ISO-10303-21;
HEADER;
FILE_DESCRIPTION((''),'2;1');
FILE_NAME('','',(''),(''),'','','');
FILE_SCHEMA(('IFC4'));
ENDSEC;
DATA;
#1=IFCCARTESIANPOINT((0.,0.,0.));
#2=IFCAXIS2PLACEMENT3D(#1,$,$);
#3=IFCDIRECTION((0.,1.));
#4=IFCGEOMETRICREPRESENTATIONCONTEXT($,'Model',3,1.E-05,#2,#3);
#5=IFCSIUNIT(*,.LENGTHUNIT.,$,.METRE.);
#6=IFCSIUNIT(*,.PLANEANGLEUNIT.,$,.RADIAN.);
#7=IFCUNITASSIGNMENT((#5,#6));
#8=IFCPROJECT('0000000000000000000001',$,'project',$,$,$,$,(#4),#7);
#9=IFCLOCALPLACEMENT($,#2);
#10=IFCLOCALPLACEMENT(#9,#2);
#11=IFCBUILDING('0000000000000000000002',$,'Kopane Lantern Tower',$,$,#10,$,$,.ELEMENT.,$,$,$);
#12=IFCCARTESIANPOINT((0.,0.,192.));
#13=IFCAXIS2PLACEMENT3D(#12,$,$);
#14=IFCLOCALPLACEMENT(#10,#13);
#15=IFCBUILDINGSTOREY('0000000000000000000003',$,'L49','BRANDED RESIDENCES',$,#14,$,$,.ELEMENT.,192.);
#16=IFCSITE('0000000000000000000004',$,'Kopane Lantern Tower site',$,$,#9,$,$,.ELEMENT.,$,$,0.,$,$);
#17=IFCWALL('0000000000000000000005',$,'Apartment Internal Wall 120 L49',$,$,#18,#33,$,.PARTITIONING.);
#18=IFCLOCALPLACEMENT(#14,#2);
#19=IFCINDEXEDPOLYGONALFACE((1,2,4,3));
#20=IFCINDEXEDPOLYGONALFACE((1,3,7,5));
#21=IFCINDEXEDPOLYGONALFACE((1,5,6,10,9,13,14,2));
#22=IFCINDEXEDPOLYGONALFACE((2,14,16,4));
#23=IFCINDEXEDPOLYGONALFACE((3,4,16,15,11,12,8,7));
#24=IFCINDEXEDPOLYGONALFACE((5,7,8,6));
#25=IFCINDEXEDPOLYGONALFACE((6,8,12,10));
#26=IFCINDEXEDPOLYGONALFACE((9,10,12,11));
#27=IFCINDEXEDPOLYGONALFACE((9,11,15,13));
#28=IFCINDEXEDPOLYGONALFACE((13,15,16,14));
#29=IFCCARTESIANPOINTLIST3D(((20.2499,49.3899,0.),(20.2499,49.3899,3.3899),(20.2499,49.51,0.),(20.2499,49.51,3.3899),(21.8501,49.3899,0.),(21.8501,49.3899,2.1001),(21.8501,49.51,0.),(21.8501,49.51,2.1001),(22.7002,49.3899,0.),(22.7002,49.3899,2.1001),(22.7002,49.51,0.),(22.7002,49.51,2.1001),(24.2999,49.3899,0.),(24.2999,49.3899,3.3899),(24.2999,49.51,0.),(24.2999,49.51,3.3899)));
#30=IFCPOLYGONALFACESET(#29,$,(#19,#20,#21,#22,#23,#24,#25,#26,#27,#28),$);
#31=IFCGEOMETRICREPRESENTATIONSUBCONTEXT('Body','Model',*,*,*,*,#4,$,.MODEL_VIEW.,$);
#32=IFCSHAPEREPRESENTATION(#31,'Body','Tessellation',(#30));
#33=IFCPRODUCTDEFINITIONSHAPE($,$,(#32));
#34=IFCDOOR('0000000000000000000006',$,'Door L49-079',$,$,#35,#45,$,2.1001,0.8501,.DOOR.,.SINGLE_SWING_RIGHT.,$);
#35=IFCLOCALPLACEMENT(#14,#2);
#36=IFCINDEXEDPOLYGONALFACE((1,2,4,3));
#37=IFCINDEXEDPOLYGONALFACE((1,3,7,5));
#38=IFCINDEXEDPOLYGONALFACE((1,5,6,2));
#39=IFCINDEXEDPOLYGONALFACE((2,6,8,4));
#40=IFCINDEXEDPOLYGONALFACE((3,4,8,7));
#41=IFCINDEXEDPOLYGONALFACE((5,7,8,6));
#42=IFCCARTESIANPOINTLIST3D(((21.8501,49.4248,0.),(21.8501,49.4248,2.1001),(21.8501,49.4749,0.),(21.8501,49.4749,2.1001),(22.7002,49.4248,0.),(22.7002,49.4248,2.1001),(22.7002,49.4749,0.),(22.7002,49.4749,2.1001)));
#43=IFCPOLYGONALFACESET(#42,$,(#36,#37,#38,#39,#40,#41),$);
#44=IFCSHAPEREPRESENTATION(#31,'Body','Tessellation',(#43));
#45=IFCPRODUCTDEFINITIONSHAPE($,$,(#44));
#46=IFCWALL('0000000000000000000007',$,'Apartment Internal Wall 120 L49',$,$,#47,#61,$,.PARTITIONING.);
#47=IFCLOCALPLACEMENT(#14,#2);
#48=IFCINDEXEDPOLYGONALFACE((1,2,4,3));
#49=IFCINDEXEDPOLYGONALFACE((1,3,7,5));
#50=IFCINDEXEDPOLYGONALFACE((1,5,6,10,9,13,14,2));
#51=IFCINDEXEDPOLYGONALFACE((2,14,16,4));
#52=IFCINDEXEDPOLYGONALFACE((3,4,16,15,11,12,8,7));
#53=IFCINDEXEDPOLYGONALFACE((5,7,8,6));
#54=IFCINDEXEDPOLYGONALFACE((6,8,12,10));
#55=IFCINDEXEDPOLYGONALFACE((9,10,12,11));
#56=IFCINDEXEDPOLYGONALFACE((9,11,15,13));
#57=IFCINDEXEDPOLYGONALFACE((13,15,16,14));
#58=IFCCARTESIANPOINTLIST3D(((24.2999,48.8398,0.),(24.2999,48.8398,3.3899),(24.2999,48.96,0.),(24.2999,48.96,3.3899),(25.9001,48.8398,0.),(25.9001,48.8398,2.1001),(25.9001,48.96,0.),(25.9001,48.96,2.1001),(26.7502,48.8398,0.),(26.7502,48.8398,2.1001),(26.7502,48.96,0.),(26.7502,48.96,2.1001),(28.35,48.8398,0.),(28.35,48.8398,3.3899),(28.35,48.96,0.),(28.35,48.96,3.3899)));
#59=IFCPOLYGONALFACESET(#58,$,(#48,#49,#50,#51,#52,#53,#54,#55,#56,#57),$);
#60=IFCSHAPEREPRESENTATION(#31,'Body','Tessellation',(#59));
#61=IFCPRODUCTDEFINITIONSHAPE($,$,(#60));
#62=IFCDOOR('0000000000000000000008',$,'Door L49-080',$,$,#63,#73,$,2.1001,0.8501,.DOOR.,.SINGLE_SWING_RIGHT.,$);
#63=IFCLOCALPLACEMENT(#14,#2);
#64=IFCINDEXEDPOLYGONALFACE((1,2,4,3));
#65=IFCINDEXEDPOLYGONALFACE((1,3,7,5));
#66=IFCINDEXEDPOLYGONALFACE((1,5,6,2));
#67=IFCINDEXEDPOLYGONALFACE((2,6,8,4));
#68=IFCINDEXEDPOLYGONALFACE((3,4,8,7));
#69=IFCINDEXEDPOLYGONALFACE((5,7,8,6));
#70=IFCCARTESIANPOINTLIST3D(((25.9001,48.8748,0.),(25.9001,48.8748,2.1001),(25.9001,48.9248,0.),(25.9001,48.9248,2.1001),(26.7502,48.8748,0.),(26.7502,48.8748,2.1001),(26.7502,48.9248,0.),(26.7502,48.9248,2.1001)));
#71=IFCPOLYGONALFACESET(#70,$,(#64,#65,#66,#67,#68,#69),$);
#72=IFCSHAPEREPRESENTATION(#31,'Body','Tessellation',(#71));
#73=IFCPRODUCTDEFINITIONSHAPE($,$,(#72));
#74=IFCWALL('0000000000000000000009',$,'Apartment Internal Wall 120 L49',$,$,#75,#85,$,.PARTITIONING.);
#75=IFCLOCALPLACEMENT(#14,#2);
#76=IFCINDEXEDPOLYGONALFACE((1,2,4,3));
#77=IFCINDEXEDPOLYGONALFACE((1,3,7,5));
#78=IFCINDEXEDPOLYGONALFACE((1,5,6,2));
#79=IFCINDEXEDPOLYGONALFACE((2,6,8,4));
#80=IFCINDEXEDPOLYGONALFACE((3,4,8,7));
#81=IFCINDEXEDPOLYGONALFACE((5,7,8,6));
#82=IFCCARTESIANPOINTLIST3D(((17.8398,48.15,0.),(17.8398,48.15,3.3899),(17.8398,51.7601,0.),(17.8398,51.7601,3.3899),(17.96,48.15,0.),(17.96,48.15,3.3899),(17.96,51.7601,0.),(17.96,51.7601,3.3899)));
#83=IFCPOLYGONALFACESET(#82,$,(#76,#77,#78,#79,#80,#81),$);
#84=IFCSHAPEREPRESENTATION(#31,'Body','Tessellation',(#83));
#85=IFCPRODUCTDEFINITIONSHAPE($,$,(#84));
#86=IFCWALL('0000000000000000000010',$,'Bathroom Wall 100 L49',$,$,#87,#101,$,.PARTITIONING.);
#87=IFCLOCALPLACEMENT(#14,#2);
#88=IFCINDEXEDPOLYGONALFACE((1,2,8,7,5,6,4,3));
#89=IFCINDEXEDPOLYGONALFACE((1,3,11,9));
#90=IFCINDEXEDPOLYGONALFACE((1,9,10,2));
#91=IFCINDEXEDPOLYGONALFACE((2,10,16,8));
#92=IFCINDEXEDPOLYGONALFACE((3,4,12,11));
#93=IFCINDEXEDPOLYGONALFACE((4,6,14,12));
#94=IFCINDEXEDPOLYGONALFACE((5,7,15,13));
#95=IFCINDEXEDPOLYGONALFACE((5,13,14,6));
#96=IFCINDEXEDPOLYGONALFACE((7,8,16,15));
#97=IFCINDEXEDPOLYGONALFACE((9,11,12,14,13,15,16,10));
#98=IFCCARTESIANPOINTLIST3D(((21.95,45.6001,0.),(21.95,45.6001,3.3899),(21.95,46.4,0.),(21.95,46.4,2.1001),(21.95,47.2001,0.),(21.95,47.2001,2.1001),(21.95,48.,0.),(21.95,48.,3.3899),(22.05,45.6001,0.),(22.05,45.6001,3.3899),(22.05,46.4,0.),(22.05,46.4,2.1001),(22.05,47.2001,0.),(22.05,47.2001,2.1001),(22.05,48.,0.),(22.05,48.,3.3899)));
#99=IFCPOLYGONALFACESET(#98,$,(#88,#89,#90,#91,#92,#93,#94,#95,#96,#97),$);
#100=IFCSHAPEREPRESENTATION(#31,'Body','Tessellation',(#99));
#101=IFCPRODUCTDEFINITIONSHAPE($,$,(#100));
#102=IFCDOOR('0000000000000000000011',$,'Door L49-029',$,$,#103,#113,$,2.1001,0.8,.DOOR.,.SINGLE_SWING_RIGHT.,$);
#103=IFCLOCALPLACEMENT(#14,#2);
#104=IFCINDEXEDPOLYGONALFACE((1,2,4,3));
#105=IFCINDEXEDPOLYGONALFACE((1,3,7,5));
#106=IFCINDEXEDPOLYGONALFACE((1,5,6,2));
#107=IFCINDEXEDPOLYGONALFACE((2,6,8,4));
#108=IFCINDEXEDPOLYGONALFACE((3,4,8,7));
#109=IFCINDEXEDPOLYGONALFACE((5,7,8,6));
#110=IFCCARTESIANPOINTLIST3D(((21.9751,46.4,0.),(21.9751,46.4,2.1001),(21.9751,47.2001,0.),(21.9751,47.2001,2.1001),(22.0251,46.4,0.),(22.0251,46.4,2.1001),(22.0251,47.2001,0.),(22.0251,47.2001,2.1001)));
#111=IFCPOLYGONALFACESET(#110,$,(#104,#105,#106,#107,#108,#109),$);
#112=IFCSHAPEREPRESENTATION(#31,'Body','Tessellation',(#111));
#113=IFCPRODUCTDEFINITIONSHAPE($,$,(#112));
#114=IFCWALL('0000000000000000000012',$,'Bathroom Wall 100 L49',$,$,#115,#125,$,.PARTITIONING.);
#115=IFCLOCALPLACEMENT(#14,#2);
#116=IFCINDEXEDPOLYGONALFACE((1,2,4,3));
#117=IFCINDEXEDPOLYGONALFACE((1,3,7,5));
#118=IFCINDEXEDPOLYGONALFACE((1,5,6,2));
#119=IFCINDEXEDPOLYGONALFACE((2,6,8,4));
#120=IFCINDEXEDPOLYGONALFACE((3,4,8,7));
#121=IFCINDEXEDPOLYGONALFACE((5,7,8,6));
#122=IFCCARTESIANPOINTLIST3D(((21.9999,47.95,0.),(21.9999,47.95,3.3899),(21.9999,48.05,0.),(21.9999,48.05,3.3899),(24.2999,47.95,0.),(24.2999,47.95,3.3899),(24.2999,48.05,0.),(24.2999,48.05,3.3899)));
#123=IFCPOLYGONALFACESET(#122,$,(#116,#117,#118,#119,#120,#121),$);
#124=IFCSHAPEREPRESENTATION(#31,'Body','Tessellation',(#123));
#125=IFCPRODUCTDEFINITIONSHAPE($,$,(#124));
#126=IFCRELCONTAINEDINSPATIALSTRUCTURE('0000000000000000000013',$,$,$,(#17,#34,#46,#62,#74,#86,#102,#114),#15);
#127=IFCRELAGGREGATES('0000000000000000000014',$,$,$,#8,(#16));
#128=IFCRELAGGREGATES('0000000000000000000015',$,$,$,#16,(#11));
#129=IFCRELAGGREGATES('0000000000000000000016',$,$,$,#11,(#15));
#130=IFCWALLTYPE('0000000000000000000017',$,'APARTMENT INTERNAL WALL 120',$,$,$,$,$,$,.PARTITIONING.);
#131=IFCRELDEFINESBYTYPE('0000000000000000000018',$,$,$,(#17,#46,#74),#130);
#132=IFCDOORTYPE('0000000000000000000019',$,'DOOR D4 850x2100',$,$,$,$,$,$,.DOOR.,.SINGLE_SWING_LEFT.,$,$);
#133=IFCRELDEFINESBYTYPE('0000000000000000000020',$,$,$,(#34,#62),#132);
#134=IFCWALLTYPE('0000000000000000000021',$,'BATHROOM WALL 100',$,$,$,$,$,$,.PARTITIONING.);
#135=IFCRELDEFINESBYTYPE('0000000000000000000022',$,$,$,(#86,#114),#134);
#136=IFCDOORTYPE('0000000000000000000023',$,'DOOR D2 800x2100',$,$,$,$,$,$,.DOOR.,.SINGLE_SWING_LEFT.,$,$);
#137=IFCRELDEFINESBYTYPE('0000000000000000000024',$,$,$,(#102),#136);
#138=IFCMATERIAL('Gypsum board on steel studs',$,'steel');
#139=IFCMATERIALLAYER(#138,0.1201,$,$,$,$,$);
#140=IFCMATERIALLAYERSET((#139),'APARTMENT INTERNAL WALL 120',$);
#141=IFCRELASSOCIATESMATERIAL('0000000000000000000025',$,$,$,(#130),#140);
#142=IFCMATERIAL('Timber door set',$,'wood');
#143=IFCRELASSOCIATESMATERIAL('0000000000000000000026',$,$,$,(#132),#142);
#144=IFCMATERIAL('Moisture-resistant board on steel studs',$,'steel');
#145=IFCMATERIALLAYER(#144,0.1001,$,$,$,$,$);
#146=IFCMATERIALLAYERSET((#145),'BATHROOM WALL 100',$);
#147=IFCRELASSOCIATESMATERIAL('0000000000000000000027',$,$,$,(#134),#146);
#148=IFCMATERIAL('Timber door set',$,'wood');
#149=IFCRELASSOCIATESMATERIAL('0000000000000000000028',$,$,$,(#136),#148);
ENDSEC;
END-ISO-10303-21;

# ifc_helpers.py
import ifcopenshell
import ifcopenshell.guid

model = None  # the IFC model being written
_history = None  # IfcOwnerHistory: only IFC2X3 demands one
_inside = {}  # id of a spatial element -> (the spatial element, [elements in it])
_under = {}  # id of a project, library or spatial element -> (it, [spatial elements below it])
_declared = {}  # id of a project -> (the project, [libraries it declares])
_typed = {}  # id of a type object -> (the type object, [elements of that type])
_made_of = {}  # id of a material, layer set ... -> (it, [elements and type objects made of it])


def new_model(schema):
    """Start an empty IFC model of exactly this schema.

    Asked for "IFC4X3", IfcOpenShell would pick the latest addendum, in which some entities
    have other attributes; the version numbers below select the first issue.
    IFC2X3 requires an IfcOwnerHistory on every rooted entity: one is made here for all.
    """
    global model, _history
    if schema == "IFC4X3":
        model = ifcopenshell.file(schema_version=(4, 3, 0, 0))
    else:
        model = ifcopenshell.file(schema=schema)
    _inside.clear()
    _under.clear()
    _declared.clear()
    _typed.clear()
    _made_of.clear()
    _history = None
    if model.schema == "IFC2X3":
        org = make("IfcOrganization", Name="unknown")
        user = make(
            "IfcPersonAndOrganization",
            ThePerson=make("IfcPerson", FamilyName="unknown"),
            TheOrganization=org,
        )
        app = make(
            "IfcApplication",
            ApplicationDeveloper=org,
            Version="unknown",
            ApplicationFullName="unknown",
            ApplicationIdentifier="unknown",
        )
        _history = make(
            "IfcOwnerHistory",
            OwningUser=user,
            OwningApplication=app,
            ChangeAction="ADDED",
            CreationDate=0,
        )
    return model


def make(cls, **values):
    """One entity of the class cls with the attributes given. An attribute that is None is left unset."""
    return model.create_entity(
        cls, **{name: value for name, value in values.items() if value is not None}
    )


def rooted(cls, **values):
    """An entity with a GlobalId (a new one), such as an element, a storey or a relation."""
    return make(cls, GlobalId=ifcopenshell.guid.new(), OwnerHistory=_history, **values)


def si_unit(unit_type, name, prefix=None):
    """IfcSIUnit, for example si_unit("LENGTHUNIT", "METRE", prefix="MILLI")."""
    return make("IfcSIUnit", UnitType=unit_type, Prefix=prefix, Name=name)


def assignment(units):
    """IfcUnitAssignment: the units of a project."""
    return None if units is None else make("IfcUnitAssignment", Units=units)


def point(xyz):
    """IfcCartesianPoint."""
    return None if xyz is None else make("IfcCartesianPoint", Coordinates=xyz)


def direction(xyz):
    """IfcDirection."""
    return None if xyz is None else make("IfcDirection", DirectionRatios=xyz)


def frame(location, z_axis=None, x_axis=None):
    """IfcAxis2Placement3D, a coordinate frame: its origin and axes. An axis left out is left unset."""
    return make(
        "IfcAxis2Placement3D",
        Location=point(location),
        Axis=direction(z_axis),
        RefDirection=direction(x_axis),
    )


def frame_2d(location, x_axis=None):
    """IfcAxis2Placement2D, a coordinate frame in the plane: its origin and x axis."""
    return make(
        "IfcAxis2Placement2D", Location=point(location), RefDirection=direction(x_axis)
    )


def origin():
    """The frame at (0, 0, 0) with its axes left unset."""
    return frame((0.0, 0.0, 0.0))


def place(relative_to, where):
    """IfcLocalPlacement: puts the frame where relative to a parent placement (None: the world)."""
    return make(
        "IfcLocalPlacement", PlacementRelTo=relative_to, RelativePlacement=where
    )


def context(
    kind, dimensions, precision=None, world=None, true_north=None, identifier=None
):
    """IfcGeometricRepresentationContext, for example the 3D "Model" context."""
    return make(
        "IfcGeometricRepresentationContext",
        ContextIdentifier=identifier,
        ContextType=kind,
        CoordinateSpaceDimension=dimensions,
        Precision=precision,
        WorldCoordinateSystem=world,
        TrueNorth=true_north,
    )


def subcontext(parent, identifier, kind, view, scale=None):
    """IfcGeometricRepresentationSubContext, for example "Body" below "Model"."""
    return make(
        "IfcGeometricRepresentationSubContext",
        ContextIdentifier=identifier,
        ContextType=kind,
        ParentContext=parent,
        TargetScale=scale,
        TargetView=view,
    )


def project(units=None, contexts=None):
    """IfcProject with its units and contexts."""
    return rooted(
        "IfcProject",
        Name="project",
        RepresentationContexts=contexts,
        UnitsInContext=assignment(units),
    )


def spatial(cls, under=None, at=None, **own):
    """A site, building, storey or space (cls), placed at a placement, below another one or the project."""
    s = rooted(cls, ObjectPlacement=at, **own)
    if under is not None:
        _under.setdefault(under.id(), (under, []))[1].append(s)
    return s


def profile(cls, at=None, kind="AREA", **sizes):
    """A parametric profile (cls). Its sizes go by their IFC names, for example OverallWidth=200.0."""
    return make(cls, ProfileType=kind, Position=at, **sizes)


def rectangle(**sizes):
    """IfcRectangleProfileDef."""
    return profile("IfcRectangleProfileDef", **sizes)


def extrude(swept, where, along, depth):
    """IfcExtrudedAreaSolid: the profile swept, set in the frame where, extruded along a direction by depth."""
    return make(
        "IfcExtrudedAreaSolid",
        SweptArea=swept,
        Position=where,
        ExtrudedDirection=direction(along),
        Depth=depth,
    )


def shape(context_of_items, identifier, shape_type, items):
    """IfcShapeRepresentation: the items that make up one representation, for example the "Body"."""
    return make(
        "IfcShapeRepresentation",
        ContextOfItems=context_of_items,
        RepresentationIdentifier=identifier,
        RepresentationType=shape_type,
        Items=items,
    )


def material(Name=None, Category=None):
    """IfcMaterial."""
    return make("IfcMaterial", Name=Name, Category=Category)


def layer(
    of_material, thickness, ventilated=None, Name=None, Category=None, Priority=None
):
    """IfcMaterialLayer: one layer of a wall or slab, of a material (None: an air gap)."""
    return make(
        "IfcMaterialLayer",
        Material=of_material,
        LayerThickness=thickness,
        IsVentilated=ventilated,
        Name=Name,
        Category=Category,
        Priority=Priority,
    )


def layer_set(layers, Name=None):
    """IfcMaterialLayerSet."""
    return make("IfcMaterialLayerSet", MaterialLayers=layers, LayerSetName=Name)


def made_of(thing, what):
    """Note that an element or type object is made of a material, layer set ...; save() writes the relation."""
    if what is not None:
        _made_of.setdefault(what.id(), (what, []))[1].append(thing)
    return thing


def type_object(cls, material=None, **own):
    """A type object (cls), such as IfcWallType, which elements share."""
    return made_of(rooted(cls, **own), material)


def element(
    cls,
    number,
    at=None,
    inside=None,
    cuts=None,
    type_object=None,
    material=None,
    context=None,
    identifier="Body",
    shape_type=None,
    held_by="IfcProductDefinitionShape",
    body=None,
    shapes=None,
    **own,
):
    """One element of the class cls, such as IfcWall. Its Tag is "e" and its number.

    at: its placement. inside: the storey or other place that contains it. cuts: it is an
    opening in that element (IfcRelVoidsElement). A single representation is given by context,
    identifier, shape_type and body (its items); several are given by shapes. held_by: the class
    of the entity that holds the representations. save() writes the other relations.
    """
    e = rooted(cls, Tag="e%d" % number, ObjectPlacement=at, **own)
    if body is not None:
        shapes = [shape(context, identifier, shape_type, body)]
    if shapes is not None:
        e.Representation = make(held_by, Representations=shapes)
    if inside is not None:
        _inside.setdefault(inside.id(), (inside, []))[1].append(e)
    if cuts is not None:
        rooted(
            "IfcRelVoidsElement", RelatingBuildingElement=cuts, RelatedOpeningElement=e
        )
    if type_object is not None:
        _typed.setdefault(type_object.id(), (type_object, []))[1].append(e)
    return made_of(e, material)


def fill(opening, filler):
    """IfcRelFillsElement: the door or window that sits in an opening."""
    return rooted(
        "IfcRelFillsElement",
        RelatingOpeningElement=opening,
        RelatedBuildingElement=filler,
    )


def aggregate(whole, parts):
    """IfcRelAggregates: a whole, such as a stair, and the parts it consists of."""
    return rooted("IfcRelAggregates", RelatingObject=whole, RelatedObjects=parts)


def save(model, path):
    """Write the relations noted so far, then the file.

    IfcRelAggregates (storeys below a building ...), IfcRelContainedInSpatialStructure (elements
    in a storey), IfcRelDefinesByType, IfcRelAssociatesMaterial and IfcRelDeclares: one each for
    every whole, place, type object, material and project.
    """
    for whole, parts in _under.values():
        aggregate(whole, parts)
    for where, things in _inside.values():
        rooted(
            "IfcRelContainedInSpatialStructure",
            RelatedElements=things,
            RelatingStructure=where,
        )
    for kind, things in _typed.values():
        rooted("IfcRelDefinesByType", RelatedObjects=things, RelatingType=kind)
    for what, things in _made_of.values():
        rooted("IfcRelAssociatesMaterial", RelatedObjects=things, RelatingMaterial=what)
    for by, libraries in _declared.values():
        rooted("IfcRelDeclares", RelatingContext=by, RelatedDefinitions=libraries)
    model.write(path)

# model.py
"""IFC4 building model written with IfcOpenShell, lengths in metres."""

from ifc_helpers import new_model, si_unit, direction, frame, frame_2d, origin, place, context, subcontext, project, spatial, rectangle, extrude, material, layer, layer_set, type_object, element, fill, save


model = new_model("IFC4")

# Units and contexts
model_context = context("Model", 3, precision=1e-05, world=origin(), true_north=direction((0.0, 1.0)))
body_context = subcontext(model_context, "Body", "Model", "MODEL_VIEW")
ifc_project = project(units=[si_unit("LENGTHUNIT", "METRE"), si_unit("PLANEANGLEUNIT", "RADIAN")], contexts=[model_context])

# Site, building, storey
site_placement = place(None, origin())
site = spatial("IfcSite", under=ifc_project, at=site_placement, Name="Kopane Lantern Tower site", CompositionType="ELEMENT", RefElevation=0.0)
building_placement = place(site_placement, origin())
building = spatial("IfcBuilding", under=site, at=building_placement, Name="Kopane Lantern Tower", CompositionType="ELEMENT")
storey_placement = place(building_placement, frame((0.0, 0.0, 192.0)))
storey = spatial("IfcBuildingStorey", under=building, at=storey_placement, Name="L49", Description="BRANDED RESIDENCES", CompositionType="ELEMENT", Elevation=192.0)

# Shared definitions
ifc_material_1 = material(Name="Gypsum board on steel studs", Category="steel")
ifc_layer_1 = layer(ifc_material_1, 0.1201)
ifc_layer_set_1 = layer_set([ifc_layer_1], Name="APARTMENT INTERNAL WALL 120")
wall_type_1 = type_object("IfcWallType", Name="APARTMENT INTERNAL WALL 120", PredefinedType="PARTITIONING", material=ifc_layer_set_1)

# Walls, openings, doors
ifc_material_2 = material(Name="Timber door set", Category="wood")
door_type_1 = type_object("IfcDoorType", Name="DOOR D4 850x2100", OperationType="SINGLE_SWING_LEFT", PredefinedType="DOOR", material=ifc_material_2)
wall_1_placement = place(storey_placement, frame((20.25, 49.45, 0.0), z_axis=(0.0, 0.0, 1.0), x_axis=(1.0, 0.0, 0.0)))
wall_1 = element("IfcWall", 1, at=wall_1_placement, inside=storey, type_object=wall_type_1, Name="Apartment Internal Wall 120 L49", PredefinedType="PARTITIONING", context=body_context, shape_type="SweptSolid", body=[
    extrude(rectangle(XDim=4.05, YDim=0.1201, at=frame_2d((2.0249, 0.0))), origin(), (0.0, 0.0, 1.0), 3.3899),
])
opening_1_placement = place(wall_1_placement, frame((1.6001, 0.0, 0.0)))
opening_1 = element("IfcOpeningElement", 2, at=opening_1_placement, cuts=wall_1, PredefinedType="OPENING", context=body_context, shape_type="SweptSolid", body=[
    extrude(rectangle(XDim=0.8501, YDim=2.1001, at=frame_2d((0.425, 1.05))), frame((0.0, 0.0701, 0.0), z_axis=(0.0, -1.0, 0.0), x_axis=(1.0, 0.0, 0.0)), (0.0, 0.0, 1.0), 0.1401),
])
door_1_placement = place(opening_1_placement, origin())
door_1 = element("IfcDoor", 3, at=door_1_placement, inside=storey, type_object=door_type_1, Name="Door L49-079", OperationType="SINGLE_SWING_RIGHT", OverallHeight=2.1001, OverallWidth=0.8501, PredefinedType="DOOR", context=body_context, shape_type="SweptSolid", body=[
    extrude(rectangle(XDim=0.8501, YDim=2.1001, at=frame_2d((0.425, 1.05))), frame((0.0, 0.0249, 0.0), z_axis=(0.0, -1.0, 0.0), x_axis=(1.0, 0.0, 0.0)), (0.0, 0.0, 1.0), 0.05),
])
fill(opening_1, door_1)
wall_2_placement = place(storey_placement, frame((24.3, 48.8999, 0.0), z_axis=(0.0, 0.0, 1.0), x_axis=(1.0, 0.0, 0.0)))
wall_2 = element("IfcWall", 4, at=wall_2_placement, inside=storey, type_object=wall_type_1, Name="Apartment Internal Wall 120 L49", PredefinedType="PARTITIONING", context=body_context, shape_type="SweptSolid", body=[
    extrude(rectangle(XDim=4.05, YDim=0.1201, at=frame_2d((2.0249, 0.0))), origin(), (0.0, 0.0, 1.0), 3.3899),
])
opening_2_placement = place(wall_2_placement, frame((1.6001, 0.0, 0.0)))
opening_2 = element("IfcOpeningElement", 5, at=opening_2_placement, cuts=wall_2, PredefinedType="OPENING", context=body_context, shape_type="SweptSolid", body=[
    extrude(rectangle(XDim=0.8501, YDim=2.1001, at=frame_2d((0.425, 1.05))), frame((0.0, 0.0701, 0.0), z_axis=(0.0, -1.0, 0.0), x_axis=(1.0, 0.0, 0.0)), (0.0, 0.0, 1.0), 0.1401),
])
door_2_placement = place(opening_2_placement, origin())
door_2 = element("IfcDoor", 6, at=door_2_placement, inside=storey, type_object=door_type_1, Name="Door L49-080", OperationType="SINGLE_SWING_RIGHT", OverallHeight=2.1001, OverallWidth=0.8501, PredefinedType="DOOR", context=body_context, shape_type="SweptSolid", body=[
    extrude(rectangle(XDim=0.8501, YDim=2.1001, at=frame_2d((0.425, 1.05))), frame((0.0, 0.0249, 0.0), z_axis=(0.0, -1.0, 0.0), x_axis=(1.0, 0.0, 0.0)), (0.0, 0.0, 1.0), 0.05),
])
fill(opening_2, door_2)

# Wall
wall_3_placement = place(storey_placement, frame((17.8999, 48.1499, 0.0), z_axis=(0.0, 0.0, 1.0), x_axis=(0.0, 1.0, 0.0)))
element("IfcWall", 7, at=wall_3_placement, inside=storey, type_object=wall_type_1, Name="Apartment Internal Wall 120 L49", PredefinedType="PARTITIONING", context=body_context, shape_type="SweptSolid", body=[
    extrude(rectangle(XDim=3.6101, YDim=0.1201, at=frame_2d((1.8052, 0.0))), origin(), (0.0, 0.0, 1.0), 3.3899),
])

# Wall, opening, door
ifc_material_3 = material(Name="Moisture-resistant board on steel studs", Category="steel")
ifc_layer_2 = layer(ifc_material_3, 0.1001)
ifc_layer_set_2 = layer_set([ifc_layer_2], Name="BATHROOM WALL 100")
wall_type_2 = type_object("IfcWallType", Name="BATHROOM WALL 100", PredefinedType="PARTITIONING", material=ifc_layer_set_2)
wall_4_placement = place(storey_placement, frame((22.0, 45.6001, 0.0), z_axis=(0.0, 0.0, 1.0), x_axis=(0.0, 1.0, 0.0)))
wall_4 = element("IfcWall", 8, at=wall_4_placement, inside=storey, type_object=wall_type_2, Name="Bathroom Wall 100 L49", PredefinedType="PARTITIONING", context=body_context, shape_type="SweptSolid", body=[
    extrude(rectangle(XDim=2.3999, YDim=0.1001, at=frame_2d((1.2, 0.0))), origin(), (0.0, 0.0, 1.0), 3.3899),
])
opening_3_placement = place(wall_4_placement, frame((0.8, 0.0, 0.0)))
opening_3 = element("IfcOpeningElement", 9, at=opening_3_placement, cuts=wall_4, PredefinedType="OPENING", context=body_context, shape_type="SweptSolid", body=[
    extrude(rectangle(XDim=0.8, YDim=2.1001, at=frame_2d((0.3999, 1.05))), frame((0.0, 0.0601, 0.0), z_axis=(0.0, -1.0, 0.0), x_axis=(1.0, 0.0, 0.0)), (0.0, 0.0, 1.0), 0.1201),
])
ifc_material_4 = material(Name="Timber door set", Category="wood")
door_type_2 = type_object("IfcDoorType", Name="DOOR D2 800x2100", OperationType="SINGLE_SWING_LEFT", PredefinedType="DOOR", material=ifc_material_4)
door_3_placement = place(opening_3_placement, origin())
door_3 = element("IfcDoor", 10, at=door_3_placement, inside=storey, type_object=door_type_2, Name="Door L49-029", OperationType="SINGLE_SWING_RIGHT", OverallHeight=2.1001, OverallWidth=0.8, PredefinedType="DOOR", context=body_context, shape_type="SweptSolid", body=[
    extrude(rectangle(XDim=0.8, YDim=2.1001, at=frame_2d((0.3999, 1.05))), frame((0.0, 0.0249, 0.0), z_axis=(0.0, -1.0, 0.0), x_axis=(1.0, 0.0, 0.0)), (0.0, 0.0, 1.0), 0.05),
])
fill(opening_3, door_3)

# Wall
wall_5_placement = place(storey_placement, frame((22.0, 48.0, 0.0), z_axis=(0.0, 0.0, 1.0), x_axis=(1.0, 0.0, 0.0)))
element("IfcWall", 11, at=wall_5_placement, inside=storey, type_object=wall_type_2, Name="Bathroom Wall 100 L49", PredefinedType="PARTITIONING", context=body_context, shape_type="SweptSolid", body=[
    extrude(rectangle(XDim=2.3, YDim=0.1001, at=frame_2d((1.1499, 0.0))), origin(), (0.0, 0.0, 1.0), 3.3899),
])

save(model, "model.ifc")
